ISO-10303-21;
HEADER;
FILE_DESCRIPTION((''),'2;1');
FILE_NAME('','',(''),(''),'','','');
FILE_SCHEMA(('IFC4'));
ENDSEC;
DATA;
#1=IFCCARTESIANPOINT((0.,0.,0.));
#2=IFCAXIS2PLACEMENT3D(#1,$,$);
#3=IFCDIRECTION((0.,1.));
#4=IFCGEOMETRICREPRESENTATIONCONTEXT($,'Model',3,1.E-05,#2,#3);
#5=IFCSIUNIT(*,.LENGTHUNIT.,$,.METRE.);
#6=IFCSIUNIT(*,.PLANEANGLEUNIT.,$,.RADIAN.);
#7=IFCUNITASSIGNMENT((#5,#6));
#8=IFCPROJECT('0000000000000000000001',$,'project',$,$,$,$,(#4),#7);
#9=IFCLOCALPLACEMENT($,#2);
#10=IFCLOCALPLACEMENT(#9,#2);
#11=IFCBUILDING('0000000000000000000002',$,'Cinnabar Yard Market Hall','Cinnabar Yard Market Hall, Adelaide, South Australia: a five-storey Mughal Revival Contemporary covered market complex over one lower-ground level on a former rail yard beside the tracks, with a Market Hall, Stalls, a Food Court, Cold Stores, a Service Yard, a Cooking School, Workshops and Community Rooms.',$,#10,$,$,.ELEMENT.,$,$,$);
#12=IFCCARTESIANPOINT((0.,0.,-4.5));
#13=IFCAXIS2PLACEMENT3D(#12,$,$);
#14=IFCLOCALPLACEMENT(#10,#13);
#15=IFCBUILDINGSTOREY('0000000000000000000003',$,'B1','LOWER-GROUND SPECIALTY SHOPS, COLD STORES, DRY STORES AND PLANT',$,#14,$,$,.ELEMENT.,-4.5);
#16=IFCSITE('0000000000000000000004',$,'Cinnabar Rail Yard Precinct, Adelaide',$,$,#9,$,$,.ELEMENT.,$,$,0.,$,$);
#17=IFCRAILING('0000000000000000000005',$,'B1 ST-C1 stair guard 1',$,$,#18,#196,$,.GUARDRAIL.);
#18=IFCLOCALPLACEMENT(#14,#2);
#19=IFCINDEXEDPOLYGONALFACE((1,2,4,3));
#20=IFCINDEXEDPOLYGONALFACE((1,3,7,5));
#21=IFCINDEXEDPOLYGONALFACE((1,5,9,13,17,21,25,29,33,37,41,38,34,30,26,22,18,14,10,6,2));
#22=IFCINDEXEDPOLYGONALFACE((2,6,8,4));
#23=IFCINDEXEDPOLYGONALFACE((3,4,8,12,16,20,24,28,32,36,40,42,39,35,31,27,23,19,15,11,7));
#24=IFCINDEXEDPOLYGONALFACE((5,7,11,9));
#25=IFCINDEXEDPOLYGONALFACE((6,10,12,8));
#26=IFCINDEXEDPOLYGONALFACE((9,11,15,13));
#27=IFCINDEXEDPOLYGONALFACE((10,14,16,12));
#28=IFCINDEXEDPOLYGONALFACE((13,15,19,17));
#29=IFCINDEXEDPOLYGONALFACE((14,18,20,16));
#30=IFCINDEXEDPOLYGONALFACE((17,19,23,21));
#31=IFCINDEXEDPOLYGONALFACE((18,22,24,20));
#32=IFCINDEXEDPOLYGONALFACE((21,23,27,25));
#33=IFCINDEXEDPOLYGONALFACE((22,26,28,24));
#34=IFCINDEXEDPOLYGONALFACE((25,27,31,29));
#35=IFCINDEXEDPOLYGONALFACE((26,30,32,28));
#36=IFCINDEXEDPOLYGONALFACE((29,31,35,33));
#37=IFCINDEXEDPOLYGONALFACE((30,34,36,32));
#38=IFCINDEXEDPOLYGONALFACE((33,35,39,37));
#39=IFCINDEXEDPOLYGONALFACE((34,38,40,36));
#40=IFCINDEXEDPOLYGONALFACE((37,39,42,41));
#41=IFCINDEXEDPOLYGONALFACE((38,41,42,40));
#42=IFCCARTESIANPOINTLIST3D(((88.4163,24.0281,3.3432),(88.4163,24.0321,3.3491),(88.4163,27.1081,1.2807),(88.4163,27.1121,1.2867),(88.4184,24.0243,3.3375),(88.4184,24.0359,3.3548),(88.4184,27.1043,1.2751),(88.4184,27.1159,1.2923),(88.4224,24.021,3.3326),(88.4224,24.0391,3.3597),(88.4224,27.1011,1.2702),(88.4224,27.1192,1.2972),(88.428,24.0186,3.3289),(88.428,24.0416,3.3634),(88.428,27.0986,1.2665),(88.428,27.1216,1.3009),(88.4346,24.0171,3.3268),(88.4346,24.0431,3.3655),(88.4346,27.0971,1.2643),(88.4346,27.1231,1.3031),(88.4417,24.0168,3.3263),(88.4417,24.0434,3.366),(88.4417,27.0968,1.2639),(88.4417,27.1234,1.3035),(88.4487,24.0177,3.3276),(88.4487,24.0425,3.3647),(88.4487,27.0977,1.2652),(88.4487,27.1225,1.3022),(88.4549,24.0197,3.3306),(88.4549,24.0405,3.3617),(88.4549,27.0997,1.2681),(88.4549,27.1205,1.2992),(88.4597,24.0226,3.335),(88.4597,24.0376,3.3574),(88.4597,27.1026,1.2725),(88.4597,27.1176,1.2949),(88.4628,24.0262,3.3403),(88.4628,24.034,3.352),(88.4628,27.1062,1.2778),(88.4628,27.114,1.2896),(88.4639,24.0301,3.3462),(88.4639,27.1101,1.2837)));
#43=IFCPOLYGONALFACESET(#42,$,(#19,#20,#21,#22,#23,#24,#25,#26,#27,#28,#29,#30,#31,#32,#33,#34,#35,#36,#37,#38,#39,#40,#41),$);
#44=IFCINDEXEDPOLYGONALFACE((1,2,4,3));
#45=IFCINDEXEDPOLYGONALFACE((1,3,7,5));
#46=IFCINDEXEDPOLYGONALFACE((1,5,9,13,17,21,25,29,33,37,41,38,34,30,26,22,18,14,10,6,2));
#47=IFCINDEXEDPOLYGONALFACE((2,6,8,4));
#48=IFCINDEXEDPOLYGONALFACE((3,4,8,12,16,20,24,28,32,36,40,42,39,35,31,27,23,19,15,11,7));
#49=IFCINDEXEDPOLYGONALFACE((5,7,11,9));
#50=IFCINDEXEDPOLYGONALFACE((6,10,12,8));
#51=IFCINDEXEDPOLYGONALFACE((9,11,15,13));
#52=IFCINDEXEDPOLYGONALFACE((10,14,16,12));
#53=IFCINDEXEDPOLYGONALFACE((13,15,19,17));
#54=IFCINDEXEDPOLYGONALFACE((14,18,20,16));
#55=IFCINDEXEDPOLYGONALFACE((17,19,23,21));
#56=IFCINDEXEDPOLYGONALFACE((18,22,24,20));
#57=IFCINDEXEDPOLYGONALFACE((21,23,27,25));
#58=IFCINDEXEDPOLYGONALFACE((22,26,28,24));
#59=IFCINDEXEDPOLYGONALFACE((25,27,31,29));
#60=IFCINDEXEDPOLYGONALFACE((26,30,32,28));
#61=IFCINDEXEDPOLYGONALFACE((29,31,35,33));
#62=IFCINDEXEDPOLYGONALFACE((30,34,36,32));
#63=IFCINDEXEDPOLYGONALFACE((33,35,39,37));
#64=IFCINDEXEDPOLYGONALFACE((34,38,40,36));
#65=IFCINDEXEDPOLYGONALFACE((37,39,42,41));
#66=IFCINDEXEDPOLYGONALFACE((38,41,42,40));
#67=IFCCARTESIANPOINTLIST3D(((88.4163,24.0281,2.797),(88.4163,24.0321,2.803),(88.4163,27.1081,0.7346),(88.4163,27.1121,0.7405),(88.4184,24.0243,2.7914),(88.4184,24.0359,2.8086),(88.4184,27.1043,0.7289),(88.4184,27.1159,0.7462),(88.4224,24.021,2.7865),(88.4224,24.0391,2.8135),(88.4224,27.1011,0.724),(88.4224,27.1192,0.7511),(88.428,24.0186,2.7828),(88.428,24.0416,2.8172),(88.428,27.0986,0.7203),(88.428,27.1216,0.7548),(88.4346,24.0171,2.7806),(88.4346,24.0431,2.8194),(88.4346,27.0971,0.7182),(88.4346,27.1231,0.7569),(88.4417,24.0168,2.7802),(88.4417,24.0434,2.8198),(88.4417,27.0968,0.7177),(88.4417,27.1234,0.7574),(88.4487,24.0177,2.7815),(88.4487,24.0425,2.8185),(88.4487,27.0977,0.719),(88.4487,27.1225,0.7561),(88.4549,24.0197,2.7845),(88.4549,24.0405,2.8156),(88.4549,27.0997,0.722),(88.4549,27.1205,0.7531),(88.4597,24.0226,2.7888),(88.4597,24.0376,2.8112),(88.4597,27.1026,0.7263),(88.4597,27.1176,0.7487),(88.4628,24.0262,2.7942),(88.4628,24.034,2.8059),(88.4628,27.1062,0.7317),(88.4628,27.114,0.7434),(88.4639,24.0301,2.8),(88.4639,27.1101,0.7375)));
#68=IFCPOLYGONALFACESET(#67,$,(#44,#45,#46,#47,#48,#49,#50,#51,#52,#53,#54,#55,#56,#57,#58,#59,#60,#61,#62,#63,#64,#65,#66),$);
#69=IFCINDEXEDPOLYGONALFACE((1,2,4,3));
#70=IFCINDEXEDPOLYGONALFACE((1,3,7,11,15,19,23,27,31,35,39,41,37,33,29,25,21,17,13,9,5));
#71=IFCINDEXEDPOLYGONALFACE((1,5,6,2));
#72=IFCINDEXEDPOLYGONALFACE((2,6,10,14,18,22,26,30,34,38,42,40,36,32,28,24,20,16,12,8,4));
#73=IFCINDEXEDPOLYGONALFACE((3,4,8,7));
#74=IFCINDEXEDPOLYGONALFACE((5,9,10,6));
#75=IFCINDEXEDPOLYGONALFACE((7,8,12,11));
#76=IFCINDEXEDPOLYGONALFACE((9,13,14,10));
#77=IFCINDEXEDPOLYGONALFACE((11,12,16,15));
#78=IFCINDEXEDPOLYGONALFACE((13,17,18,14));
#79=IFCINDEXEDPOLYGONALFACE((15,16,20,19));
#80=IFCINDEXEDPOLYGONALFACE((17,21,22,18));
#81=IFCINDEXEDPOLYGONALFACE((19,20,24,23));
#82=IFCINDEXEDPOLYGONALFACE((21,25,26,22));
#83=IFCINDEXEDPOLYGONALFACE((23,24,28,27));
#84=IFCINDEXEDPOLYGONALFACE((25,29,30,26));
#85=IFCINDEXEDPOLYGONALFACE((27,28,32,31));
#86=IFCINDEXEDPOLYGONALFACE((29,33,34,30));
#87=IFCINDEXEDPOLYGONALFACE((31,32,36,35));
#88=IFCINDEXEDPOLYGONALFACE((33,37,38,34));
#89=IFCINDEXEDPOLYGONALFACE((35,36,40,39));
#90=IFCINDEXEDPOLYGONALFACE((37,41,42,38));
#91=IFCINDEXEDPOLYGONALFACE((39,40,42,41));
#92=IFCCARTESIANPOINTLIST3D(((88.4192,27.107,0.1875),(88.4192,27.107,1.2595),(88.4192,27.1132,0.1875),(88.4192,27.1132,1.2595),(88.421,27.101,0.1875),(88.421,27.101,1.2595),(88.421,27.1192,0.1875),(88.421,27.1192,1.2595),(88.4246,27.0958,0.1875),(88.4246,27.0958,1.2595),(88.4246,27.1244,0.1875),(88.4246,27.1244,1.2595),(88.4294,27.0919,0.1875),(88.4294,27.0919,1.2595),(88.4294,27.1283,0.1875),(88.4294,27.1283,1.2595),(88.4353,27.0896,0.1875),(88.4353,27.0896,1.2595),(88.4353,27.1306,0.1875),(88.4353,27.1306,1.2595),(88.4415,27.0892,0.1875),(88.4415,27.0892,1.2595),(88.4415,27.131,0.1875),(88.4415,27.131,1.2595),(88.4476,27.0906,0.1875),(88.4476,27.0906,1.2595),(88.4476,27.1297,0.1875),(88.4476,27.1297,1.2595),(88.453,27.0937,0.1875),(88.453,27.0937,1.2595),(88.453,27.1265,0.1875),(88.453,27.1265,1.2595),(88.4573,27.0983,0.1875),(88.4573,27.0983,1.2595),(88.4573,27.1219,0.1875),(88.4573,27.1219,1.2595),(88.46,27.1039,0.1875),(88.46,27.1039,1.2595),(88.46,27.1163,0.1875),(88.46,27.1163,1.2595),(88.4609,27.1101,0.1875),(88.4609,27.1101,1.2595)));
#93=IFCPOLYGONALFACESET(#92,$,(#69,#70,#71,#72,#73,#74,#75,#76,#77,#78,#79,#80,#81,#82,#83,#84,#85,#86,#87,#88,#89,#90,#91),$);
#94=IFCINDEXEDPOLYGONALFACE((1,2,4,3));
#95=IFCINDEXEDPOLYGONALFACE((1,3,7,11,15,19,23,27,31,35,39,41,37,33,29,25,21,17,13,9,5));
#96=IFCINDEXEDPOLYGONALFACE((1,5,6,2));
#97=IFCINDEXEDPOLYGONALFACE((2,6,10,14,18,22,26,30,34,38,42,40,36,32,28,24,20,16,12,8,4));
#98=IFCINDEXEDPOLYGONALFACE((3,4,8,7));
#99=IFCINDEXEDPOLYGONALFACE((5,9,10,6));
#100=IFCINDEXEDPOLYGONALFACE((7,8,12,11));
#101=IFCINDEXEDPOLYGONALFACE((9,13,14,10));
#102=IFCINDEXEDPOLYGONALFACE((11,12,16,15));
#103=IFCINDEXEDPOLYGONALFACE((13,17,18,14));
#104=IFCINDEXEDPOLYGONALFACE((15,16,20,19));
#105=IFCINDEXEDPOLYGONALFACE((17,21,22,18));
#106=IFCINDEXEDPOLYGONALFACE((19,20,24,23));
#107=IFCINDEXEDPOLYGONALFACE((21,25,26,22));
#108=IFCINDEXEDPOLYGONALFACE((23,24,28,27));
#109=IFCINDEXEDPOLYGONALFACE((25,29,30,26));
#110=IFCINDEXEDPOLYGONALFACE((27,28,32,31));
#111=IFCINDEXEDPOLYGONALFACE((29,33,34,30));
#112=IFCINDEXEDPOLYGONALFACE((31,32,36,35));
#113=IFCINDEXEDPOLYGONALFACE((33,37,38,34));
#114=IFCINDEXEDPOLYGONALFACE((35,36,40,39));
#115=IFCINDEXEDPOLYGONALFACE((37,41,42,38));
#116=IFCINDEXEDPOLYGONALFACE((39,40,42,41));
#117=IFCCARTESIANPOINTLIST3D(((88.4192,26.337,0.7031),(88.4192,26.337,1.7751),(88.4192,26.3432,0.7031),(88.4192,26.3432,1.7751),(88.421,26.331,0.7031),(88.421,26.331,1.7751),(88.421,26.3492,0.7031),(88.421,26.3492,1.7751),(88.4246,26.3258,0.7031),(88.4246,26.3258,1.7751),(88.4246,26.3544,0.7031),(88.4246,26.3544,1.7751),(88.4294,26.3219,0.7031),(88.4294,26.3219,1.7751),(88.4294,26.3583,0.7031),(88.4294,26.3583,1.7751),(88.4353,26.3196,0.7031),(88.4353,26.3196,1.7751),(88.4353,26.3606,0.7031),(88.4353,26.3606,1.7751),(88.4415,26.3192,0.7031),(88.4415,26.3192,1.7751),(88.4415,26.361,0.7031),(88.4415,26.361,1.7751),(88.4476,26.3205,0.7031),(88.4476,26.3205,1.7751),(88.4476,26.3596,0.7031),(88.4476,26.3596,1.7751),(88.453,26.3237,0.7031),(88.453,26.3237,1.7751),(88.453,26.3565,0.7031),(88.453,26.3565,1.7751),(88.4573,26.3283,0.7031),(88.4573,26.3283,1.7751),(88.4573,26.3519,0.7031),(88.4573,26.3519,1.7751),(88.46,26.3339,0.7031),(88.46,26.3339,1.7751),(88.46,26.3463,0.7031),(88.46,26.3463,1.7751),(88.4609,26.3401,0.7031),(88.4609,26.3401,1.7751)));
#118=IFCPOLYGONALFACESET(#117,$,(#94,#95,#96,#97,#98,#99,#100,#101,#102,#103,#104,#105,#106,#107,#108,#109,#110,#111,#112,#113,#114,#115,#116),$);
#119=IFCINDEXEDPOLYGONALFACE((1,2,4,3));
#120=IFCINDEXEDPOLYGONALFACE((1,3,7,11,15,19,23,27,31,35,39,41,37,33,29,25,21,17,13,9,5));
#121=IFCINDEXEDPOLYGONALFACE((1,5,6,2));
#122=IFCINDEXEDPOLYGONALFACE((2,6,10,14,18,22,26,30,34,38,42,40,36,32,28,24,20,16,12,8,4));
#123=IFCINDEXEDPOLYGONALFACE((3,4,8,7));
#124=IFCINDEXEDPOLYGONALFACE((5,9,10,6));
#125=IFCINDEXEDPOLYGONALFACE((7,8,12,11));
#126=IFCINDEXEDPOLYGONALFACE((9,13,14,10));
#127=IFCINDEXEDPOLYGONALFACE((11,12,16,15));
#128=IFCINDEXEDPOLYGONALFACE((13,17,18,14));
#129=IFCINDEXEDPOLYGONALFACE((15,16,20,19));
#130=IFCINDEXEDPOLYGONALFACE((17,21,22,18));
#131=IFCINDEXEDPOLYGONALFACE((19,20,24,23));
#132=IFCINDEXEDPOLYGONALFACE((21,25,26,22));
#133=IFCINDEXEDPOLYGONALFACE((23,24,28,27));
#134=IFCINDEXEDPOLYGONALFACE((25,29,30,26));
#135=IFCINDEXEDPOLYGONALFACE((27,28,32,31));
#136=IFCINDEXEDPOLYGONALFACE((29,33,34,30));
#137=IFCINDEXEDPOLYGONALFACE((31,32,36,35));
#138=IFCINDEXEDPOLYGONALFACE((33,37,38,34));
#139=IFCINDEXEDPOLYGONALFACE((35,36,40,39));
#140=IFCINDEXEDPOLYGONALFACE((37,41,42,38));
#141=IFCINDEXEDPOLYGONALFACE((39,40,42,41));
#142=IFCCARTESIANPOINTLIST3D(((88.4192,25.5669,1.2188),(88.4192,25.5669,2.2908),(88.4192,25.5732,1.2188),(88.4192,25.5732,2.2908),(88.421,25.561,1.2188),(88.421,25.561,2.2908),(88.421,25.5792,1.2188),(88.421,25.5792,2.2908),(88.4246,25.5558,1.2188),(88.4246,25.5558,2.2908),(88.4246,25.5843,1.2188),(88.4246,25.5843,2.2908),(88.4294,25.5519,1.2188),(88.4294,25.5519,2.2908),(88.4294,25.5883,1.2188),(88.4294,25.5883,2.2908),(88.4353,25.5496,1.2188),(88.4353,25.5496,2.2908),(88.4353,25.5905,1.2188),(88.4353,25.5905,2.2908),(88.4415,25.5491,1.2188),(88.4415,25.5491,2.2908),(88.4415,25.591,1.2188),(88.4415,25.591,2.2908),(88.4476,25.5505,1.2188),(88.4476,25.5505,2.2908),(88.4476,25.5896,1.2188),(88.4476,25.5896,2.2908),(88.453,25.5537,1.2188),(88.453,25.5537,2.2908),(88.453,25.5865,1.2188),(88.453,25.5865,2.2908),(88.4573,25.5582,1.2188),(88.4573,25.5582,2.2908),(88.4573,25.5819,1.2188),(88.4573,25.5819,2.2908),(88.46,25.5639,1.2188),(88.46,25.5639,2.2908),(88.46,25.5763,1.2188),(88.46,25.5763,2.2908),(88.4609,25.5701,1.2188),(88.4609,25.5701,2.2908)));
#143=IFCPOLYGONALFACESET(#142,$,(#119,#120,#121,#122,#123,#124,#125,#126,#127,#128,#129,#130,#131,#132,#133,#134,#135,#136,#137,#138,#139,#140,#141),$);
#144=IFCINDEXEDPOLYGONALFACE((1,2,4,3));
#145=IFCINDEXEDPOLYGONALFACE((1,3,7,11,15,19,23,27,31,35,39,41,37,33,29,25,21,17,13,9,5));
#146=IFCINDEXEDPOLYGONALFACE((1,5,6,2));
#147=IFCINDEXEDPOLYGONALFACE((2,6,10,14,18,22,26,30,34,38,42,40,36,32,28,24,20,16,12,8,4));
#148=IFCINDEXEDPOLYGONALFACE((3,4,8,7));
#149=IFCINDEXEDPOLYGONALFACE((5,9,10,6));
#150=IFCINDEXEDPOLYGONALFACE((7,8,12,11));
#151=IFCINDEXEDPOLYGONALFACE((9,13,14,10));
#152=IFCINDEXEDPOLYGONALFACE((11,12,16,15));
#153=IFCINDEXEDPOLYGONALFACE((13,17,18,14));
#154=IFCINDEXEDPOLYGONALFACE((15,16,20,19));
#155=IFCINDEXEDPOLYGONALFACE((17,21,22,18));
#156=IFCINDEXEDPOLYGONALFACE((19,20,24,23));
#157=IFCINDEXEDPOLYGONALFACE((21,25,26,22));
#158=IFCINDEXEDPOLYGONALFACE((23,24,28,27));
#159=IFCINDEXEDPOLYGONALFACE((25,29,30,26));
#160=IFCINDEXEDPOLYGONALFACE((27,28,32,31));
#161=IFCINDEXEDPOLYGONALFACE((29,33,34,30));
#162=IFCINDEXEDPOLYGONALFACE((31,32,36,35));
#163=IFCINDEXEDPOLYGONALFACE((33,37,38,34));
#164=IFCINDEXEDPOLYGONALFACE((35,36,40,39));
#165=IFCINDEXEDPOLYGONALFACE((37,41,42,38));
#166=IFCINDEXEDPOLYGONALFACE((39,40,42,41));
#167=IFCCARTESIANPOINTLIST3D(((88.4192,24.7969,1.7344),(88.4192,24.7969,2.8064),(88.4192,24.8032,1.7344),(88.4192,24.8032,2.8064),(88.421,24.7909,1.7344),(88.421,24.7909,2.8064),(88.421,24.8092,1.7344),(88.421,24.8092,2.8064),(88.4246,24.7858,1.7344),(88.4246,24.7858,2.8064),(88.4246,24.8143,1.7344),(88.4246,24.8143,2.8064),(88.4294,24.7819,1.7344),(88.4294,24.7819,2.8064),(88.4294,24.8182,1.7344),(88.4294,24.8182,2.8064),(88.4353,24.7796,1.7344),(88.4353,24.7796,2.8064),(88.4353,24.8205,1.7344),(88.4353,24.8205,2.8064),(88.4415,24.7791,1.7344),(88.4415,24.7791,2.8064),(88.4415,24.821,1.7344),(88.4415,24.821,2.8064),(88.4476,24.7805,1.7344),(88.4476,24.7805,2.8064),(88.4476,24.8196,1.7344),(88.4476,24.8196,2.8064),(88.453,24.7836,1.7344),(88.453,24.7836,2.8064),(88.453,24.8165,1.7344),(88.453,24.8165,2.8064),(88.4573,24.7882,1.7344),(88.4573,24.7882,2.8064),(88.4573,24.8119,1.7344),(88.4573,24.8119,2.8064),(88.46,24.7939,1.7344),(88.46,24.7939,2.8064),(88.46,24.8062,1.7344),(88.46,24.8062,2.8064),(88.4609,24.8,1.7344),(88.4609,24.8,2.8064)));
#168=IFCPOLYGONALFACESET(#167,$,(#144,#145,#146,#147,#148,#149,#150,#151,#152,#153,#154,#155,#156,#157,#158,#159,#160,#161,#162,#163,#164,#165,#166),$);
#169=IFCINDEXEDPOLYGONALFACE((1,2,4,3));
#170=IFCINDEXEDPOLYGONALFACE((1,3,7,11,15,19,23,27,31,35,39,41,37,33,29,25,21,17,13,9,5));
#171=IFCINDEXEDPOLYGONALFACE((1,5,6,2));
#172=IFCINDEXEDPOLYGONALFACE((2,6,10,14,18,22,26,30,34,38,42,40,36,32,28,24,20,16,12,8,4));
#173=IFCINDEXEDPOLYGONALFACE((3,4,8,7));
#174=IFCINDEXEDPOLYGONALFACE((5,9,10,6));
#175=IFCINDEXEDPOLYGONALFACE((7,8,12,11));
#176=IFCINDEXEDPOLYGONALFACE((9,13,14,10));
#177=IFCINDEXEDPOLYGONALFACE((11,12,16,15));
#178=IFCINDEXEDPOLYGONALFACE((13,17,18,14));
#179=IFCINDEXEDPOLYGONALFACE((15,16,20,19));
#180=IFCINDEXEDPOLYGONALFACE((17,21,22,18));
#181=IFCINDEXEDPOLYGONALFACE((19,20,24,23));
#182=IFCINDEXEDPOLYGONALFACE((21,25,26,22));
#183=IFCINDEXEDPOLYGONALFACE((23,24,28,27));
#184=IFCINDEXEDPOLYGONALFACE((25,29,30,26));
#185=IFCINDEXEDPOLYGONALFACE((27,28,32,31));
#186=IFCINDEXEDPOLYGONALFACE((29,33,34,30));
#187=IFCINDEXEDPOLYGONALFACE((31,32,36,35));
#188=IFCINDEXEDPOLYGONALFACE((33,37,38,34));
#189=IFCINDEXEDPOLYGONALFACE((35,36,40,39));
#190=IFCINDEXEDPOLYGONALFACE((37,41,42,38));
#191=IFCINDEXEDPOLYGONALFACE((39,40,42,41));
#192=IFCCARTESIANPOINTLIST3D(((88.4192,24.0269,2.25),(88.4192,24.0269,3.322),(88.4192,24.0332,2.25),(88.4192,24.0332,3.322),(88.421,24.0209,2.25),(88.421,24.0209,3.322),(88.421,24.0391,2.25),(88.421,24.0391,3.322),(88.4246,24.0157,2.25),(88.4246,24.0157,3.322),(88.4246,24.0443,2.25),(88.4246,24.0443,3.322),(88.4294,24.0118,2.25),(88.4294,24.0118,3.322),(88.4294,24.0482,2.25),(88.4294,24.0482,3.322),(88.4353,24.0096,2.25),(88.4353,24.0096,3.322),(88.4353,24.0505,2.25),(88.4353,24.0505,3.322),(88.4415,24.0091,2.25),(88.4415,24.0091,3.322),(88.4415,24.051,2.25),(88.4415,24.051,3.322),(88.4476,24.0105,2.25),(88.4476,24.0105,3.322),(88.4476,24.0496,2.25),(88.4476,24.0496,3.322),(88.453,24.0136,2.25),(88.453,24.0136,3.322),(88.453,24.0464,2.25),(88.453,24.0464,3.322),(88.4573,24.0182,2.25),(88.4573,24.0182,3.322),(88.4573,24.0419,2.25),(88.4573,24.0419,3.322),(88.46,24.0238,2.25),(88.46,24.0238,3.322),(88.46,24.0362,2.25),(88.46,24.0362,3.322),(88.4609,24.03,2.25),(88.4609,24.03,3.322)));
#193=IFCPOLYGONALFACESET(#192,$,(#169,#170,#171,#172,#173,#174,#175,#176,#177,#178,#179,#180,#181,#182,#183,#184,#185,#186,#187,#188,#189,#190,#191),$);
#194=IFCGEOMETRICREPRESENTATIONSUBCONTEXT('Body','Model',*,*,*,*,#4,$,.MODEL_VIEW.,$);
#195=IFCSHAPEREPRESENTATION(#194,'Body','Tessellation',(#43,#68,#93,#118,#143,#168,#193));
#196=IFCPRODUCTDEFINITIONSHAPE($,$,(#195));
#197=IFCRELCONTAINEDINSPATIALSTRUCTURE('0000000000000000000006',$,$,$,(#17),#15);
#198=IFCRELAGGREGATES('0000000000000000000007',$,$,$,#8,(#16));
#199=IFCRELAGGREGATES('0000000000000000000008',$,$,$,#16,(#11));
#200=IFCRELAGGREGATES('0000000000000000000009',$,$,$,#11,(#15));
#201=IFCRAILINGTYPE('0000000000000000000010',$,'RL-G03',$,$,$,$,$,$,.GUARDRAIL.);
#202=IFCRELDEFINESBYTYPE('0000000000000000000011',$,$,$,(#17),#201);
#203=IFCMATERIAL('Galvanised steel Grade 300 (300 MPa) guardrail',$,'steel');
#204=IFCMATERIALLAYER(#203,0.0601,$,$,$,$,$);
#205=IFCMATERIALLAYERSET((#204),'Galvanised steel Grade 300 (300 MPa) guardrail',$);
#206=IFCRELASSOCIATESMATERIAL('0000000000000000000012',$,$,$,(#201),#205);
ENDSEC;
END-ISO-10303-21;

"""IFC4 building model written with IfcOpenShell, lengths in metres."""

from ifc_helpers import new_model, si_unit, direction, frame, origin, origin_2d_with_axis, place, context, subcontext, project, spatial, circle, extrude, material, layer, layer_set, type_object, element, save


model = new_model("IFC4")

# Units and contexts
model_context = context("Model", 3, precision=1e-05, world=origin(), true_north=direction((0.0, 1.0)))
body_context = subcontext(model_context, "Body", "Model", "MODEL_VIEW")
ifc_project = project(units=[si_unit("LENGTHUNIT", "METRE"), si_unit("PLANEANGLEUNIT", "RADIAN")], contexts=[model_context])

# Site, building, storey
site_placement = place(None, origin())
site = spatial("IfcSite", under=ifc_project, at=site_placement, Name="Cinnabar Rail Yard Precinct, Adelaide", CompositionType="ELEMENT", RefElevation=0.0)
building_placement = place(site_placement, origin())
building = spatial("IfcBuilding", under=site, at=building_placement, Name="Cinnabar Yard Market Hall", Description="Cinnabar Yard Market Hall, Adelaide, South Australia: a five-storey Mughal Revival Contemporary covered market complex over one lower-ground level on a former rail yard beside the tracks, with a Market Hall, Stalls, a Food Court, Cold Stores, a Service Yard, a Cooking School, Workshops and Community Rooms.", CompositionType="ELEMENT")
storey_placement = place(building_placement, frame((0.0, 0.0, -4.5)))
storey = spatial("IfcBuildingStorey", under=building, at=storey_placement, Name="B1", Description="LOWER-GROUND SPECIALTY SHOPS, COLD STORES, DRY STORES AND PLANT", CompositionType="ELEMENT", Elevation=-4.5)

# Railing
ifc_material_1 = material(Name="Galvanised steel Grade 300 (300 MPa) guardrail", Category="steel")
ifc_layer_1 = layer(ifc_material_1, 0.0601)
ifc_layer_set_1 = layer_set([ifc_layer_1], Name="Galvanised steel Grade 300 (300 MPa) guardrail")
railing_type_1 = type_object("IfcRailingType", Name="RL-G03", PredefinedType="GUARDRAIL", material=ifc_layer_set_1)
railing_1_placement = place(storey_placement, frame((88.4399, 27.1101, 0.1875)))
element("IfcRailing", 1, at=railing_1_placement, inside=storey, type_object=railing_type_1, Name="B1 ST-C1 stair guard 1", PredefinedType="GUARDRAIL", context=body_context, shape_type="SweptSolid", body=[
    extrude(circle(Radius=0.0239, at=origin_2d_with_axis()), frame((0.0, 0.0, 1.0962), z_axis=(0.0, -0.830914, 0.556401), x_axis=(1.0, 0.0, 0.0)), (0.0, 0.0, 1.0), 3.7068),
    extrude(circle(Radius=0.0239, at=origin_2d_with_axis()), frame((0.0, 0.0, 0.55), z_axis=(0.0, -0.830914, 0.556401), x_axis=(1.0, 0.0, 0.0)), (0.0, 0.0, 1.0), 3.7068),
    extrude(circle(Radius=0.021, at=origin_2d_with_axis()), origin(), (0.0, 0.0, 1.0), 1.072),
    extrude(circle(Radius=0.021, at=origin_2d_with_axis()), frame((0.0, -0.77, 0.5156)), (0.0, 0.0, 1.0), 1.072),
    extrude(circle(Radius=0.021, at=origin_2d_with_axis()), frame((0.0, -1.54, 1.0312)), (0.0, 0.0, 1.0), 1.072),
    extrude(circle(Radius=0.021, at=origin_2d_with_axis()), frame((0.0, -2.3101, 1.5469)), (0.0, 0.0, 1.0), 1.072),
    extrude(circle(Radius=0.021, at=origin_2d_with_axis()), frame((0.0, -3.0801, 2.0625)), (0.0, 0.0, 1.0), 1.072),
])

save(model, "model.ifc")
